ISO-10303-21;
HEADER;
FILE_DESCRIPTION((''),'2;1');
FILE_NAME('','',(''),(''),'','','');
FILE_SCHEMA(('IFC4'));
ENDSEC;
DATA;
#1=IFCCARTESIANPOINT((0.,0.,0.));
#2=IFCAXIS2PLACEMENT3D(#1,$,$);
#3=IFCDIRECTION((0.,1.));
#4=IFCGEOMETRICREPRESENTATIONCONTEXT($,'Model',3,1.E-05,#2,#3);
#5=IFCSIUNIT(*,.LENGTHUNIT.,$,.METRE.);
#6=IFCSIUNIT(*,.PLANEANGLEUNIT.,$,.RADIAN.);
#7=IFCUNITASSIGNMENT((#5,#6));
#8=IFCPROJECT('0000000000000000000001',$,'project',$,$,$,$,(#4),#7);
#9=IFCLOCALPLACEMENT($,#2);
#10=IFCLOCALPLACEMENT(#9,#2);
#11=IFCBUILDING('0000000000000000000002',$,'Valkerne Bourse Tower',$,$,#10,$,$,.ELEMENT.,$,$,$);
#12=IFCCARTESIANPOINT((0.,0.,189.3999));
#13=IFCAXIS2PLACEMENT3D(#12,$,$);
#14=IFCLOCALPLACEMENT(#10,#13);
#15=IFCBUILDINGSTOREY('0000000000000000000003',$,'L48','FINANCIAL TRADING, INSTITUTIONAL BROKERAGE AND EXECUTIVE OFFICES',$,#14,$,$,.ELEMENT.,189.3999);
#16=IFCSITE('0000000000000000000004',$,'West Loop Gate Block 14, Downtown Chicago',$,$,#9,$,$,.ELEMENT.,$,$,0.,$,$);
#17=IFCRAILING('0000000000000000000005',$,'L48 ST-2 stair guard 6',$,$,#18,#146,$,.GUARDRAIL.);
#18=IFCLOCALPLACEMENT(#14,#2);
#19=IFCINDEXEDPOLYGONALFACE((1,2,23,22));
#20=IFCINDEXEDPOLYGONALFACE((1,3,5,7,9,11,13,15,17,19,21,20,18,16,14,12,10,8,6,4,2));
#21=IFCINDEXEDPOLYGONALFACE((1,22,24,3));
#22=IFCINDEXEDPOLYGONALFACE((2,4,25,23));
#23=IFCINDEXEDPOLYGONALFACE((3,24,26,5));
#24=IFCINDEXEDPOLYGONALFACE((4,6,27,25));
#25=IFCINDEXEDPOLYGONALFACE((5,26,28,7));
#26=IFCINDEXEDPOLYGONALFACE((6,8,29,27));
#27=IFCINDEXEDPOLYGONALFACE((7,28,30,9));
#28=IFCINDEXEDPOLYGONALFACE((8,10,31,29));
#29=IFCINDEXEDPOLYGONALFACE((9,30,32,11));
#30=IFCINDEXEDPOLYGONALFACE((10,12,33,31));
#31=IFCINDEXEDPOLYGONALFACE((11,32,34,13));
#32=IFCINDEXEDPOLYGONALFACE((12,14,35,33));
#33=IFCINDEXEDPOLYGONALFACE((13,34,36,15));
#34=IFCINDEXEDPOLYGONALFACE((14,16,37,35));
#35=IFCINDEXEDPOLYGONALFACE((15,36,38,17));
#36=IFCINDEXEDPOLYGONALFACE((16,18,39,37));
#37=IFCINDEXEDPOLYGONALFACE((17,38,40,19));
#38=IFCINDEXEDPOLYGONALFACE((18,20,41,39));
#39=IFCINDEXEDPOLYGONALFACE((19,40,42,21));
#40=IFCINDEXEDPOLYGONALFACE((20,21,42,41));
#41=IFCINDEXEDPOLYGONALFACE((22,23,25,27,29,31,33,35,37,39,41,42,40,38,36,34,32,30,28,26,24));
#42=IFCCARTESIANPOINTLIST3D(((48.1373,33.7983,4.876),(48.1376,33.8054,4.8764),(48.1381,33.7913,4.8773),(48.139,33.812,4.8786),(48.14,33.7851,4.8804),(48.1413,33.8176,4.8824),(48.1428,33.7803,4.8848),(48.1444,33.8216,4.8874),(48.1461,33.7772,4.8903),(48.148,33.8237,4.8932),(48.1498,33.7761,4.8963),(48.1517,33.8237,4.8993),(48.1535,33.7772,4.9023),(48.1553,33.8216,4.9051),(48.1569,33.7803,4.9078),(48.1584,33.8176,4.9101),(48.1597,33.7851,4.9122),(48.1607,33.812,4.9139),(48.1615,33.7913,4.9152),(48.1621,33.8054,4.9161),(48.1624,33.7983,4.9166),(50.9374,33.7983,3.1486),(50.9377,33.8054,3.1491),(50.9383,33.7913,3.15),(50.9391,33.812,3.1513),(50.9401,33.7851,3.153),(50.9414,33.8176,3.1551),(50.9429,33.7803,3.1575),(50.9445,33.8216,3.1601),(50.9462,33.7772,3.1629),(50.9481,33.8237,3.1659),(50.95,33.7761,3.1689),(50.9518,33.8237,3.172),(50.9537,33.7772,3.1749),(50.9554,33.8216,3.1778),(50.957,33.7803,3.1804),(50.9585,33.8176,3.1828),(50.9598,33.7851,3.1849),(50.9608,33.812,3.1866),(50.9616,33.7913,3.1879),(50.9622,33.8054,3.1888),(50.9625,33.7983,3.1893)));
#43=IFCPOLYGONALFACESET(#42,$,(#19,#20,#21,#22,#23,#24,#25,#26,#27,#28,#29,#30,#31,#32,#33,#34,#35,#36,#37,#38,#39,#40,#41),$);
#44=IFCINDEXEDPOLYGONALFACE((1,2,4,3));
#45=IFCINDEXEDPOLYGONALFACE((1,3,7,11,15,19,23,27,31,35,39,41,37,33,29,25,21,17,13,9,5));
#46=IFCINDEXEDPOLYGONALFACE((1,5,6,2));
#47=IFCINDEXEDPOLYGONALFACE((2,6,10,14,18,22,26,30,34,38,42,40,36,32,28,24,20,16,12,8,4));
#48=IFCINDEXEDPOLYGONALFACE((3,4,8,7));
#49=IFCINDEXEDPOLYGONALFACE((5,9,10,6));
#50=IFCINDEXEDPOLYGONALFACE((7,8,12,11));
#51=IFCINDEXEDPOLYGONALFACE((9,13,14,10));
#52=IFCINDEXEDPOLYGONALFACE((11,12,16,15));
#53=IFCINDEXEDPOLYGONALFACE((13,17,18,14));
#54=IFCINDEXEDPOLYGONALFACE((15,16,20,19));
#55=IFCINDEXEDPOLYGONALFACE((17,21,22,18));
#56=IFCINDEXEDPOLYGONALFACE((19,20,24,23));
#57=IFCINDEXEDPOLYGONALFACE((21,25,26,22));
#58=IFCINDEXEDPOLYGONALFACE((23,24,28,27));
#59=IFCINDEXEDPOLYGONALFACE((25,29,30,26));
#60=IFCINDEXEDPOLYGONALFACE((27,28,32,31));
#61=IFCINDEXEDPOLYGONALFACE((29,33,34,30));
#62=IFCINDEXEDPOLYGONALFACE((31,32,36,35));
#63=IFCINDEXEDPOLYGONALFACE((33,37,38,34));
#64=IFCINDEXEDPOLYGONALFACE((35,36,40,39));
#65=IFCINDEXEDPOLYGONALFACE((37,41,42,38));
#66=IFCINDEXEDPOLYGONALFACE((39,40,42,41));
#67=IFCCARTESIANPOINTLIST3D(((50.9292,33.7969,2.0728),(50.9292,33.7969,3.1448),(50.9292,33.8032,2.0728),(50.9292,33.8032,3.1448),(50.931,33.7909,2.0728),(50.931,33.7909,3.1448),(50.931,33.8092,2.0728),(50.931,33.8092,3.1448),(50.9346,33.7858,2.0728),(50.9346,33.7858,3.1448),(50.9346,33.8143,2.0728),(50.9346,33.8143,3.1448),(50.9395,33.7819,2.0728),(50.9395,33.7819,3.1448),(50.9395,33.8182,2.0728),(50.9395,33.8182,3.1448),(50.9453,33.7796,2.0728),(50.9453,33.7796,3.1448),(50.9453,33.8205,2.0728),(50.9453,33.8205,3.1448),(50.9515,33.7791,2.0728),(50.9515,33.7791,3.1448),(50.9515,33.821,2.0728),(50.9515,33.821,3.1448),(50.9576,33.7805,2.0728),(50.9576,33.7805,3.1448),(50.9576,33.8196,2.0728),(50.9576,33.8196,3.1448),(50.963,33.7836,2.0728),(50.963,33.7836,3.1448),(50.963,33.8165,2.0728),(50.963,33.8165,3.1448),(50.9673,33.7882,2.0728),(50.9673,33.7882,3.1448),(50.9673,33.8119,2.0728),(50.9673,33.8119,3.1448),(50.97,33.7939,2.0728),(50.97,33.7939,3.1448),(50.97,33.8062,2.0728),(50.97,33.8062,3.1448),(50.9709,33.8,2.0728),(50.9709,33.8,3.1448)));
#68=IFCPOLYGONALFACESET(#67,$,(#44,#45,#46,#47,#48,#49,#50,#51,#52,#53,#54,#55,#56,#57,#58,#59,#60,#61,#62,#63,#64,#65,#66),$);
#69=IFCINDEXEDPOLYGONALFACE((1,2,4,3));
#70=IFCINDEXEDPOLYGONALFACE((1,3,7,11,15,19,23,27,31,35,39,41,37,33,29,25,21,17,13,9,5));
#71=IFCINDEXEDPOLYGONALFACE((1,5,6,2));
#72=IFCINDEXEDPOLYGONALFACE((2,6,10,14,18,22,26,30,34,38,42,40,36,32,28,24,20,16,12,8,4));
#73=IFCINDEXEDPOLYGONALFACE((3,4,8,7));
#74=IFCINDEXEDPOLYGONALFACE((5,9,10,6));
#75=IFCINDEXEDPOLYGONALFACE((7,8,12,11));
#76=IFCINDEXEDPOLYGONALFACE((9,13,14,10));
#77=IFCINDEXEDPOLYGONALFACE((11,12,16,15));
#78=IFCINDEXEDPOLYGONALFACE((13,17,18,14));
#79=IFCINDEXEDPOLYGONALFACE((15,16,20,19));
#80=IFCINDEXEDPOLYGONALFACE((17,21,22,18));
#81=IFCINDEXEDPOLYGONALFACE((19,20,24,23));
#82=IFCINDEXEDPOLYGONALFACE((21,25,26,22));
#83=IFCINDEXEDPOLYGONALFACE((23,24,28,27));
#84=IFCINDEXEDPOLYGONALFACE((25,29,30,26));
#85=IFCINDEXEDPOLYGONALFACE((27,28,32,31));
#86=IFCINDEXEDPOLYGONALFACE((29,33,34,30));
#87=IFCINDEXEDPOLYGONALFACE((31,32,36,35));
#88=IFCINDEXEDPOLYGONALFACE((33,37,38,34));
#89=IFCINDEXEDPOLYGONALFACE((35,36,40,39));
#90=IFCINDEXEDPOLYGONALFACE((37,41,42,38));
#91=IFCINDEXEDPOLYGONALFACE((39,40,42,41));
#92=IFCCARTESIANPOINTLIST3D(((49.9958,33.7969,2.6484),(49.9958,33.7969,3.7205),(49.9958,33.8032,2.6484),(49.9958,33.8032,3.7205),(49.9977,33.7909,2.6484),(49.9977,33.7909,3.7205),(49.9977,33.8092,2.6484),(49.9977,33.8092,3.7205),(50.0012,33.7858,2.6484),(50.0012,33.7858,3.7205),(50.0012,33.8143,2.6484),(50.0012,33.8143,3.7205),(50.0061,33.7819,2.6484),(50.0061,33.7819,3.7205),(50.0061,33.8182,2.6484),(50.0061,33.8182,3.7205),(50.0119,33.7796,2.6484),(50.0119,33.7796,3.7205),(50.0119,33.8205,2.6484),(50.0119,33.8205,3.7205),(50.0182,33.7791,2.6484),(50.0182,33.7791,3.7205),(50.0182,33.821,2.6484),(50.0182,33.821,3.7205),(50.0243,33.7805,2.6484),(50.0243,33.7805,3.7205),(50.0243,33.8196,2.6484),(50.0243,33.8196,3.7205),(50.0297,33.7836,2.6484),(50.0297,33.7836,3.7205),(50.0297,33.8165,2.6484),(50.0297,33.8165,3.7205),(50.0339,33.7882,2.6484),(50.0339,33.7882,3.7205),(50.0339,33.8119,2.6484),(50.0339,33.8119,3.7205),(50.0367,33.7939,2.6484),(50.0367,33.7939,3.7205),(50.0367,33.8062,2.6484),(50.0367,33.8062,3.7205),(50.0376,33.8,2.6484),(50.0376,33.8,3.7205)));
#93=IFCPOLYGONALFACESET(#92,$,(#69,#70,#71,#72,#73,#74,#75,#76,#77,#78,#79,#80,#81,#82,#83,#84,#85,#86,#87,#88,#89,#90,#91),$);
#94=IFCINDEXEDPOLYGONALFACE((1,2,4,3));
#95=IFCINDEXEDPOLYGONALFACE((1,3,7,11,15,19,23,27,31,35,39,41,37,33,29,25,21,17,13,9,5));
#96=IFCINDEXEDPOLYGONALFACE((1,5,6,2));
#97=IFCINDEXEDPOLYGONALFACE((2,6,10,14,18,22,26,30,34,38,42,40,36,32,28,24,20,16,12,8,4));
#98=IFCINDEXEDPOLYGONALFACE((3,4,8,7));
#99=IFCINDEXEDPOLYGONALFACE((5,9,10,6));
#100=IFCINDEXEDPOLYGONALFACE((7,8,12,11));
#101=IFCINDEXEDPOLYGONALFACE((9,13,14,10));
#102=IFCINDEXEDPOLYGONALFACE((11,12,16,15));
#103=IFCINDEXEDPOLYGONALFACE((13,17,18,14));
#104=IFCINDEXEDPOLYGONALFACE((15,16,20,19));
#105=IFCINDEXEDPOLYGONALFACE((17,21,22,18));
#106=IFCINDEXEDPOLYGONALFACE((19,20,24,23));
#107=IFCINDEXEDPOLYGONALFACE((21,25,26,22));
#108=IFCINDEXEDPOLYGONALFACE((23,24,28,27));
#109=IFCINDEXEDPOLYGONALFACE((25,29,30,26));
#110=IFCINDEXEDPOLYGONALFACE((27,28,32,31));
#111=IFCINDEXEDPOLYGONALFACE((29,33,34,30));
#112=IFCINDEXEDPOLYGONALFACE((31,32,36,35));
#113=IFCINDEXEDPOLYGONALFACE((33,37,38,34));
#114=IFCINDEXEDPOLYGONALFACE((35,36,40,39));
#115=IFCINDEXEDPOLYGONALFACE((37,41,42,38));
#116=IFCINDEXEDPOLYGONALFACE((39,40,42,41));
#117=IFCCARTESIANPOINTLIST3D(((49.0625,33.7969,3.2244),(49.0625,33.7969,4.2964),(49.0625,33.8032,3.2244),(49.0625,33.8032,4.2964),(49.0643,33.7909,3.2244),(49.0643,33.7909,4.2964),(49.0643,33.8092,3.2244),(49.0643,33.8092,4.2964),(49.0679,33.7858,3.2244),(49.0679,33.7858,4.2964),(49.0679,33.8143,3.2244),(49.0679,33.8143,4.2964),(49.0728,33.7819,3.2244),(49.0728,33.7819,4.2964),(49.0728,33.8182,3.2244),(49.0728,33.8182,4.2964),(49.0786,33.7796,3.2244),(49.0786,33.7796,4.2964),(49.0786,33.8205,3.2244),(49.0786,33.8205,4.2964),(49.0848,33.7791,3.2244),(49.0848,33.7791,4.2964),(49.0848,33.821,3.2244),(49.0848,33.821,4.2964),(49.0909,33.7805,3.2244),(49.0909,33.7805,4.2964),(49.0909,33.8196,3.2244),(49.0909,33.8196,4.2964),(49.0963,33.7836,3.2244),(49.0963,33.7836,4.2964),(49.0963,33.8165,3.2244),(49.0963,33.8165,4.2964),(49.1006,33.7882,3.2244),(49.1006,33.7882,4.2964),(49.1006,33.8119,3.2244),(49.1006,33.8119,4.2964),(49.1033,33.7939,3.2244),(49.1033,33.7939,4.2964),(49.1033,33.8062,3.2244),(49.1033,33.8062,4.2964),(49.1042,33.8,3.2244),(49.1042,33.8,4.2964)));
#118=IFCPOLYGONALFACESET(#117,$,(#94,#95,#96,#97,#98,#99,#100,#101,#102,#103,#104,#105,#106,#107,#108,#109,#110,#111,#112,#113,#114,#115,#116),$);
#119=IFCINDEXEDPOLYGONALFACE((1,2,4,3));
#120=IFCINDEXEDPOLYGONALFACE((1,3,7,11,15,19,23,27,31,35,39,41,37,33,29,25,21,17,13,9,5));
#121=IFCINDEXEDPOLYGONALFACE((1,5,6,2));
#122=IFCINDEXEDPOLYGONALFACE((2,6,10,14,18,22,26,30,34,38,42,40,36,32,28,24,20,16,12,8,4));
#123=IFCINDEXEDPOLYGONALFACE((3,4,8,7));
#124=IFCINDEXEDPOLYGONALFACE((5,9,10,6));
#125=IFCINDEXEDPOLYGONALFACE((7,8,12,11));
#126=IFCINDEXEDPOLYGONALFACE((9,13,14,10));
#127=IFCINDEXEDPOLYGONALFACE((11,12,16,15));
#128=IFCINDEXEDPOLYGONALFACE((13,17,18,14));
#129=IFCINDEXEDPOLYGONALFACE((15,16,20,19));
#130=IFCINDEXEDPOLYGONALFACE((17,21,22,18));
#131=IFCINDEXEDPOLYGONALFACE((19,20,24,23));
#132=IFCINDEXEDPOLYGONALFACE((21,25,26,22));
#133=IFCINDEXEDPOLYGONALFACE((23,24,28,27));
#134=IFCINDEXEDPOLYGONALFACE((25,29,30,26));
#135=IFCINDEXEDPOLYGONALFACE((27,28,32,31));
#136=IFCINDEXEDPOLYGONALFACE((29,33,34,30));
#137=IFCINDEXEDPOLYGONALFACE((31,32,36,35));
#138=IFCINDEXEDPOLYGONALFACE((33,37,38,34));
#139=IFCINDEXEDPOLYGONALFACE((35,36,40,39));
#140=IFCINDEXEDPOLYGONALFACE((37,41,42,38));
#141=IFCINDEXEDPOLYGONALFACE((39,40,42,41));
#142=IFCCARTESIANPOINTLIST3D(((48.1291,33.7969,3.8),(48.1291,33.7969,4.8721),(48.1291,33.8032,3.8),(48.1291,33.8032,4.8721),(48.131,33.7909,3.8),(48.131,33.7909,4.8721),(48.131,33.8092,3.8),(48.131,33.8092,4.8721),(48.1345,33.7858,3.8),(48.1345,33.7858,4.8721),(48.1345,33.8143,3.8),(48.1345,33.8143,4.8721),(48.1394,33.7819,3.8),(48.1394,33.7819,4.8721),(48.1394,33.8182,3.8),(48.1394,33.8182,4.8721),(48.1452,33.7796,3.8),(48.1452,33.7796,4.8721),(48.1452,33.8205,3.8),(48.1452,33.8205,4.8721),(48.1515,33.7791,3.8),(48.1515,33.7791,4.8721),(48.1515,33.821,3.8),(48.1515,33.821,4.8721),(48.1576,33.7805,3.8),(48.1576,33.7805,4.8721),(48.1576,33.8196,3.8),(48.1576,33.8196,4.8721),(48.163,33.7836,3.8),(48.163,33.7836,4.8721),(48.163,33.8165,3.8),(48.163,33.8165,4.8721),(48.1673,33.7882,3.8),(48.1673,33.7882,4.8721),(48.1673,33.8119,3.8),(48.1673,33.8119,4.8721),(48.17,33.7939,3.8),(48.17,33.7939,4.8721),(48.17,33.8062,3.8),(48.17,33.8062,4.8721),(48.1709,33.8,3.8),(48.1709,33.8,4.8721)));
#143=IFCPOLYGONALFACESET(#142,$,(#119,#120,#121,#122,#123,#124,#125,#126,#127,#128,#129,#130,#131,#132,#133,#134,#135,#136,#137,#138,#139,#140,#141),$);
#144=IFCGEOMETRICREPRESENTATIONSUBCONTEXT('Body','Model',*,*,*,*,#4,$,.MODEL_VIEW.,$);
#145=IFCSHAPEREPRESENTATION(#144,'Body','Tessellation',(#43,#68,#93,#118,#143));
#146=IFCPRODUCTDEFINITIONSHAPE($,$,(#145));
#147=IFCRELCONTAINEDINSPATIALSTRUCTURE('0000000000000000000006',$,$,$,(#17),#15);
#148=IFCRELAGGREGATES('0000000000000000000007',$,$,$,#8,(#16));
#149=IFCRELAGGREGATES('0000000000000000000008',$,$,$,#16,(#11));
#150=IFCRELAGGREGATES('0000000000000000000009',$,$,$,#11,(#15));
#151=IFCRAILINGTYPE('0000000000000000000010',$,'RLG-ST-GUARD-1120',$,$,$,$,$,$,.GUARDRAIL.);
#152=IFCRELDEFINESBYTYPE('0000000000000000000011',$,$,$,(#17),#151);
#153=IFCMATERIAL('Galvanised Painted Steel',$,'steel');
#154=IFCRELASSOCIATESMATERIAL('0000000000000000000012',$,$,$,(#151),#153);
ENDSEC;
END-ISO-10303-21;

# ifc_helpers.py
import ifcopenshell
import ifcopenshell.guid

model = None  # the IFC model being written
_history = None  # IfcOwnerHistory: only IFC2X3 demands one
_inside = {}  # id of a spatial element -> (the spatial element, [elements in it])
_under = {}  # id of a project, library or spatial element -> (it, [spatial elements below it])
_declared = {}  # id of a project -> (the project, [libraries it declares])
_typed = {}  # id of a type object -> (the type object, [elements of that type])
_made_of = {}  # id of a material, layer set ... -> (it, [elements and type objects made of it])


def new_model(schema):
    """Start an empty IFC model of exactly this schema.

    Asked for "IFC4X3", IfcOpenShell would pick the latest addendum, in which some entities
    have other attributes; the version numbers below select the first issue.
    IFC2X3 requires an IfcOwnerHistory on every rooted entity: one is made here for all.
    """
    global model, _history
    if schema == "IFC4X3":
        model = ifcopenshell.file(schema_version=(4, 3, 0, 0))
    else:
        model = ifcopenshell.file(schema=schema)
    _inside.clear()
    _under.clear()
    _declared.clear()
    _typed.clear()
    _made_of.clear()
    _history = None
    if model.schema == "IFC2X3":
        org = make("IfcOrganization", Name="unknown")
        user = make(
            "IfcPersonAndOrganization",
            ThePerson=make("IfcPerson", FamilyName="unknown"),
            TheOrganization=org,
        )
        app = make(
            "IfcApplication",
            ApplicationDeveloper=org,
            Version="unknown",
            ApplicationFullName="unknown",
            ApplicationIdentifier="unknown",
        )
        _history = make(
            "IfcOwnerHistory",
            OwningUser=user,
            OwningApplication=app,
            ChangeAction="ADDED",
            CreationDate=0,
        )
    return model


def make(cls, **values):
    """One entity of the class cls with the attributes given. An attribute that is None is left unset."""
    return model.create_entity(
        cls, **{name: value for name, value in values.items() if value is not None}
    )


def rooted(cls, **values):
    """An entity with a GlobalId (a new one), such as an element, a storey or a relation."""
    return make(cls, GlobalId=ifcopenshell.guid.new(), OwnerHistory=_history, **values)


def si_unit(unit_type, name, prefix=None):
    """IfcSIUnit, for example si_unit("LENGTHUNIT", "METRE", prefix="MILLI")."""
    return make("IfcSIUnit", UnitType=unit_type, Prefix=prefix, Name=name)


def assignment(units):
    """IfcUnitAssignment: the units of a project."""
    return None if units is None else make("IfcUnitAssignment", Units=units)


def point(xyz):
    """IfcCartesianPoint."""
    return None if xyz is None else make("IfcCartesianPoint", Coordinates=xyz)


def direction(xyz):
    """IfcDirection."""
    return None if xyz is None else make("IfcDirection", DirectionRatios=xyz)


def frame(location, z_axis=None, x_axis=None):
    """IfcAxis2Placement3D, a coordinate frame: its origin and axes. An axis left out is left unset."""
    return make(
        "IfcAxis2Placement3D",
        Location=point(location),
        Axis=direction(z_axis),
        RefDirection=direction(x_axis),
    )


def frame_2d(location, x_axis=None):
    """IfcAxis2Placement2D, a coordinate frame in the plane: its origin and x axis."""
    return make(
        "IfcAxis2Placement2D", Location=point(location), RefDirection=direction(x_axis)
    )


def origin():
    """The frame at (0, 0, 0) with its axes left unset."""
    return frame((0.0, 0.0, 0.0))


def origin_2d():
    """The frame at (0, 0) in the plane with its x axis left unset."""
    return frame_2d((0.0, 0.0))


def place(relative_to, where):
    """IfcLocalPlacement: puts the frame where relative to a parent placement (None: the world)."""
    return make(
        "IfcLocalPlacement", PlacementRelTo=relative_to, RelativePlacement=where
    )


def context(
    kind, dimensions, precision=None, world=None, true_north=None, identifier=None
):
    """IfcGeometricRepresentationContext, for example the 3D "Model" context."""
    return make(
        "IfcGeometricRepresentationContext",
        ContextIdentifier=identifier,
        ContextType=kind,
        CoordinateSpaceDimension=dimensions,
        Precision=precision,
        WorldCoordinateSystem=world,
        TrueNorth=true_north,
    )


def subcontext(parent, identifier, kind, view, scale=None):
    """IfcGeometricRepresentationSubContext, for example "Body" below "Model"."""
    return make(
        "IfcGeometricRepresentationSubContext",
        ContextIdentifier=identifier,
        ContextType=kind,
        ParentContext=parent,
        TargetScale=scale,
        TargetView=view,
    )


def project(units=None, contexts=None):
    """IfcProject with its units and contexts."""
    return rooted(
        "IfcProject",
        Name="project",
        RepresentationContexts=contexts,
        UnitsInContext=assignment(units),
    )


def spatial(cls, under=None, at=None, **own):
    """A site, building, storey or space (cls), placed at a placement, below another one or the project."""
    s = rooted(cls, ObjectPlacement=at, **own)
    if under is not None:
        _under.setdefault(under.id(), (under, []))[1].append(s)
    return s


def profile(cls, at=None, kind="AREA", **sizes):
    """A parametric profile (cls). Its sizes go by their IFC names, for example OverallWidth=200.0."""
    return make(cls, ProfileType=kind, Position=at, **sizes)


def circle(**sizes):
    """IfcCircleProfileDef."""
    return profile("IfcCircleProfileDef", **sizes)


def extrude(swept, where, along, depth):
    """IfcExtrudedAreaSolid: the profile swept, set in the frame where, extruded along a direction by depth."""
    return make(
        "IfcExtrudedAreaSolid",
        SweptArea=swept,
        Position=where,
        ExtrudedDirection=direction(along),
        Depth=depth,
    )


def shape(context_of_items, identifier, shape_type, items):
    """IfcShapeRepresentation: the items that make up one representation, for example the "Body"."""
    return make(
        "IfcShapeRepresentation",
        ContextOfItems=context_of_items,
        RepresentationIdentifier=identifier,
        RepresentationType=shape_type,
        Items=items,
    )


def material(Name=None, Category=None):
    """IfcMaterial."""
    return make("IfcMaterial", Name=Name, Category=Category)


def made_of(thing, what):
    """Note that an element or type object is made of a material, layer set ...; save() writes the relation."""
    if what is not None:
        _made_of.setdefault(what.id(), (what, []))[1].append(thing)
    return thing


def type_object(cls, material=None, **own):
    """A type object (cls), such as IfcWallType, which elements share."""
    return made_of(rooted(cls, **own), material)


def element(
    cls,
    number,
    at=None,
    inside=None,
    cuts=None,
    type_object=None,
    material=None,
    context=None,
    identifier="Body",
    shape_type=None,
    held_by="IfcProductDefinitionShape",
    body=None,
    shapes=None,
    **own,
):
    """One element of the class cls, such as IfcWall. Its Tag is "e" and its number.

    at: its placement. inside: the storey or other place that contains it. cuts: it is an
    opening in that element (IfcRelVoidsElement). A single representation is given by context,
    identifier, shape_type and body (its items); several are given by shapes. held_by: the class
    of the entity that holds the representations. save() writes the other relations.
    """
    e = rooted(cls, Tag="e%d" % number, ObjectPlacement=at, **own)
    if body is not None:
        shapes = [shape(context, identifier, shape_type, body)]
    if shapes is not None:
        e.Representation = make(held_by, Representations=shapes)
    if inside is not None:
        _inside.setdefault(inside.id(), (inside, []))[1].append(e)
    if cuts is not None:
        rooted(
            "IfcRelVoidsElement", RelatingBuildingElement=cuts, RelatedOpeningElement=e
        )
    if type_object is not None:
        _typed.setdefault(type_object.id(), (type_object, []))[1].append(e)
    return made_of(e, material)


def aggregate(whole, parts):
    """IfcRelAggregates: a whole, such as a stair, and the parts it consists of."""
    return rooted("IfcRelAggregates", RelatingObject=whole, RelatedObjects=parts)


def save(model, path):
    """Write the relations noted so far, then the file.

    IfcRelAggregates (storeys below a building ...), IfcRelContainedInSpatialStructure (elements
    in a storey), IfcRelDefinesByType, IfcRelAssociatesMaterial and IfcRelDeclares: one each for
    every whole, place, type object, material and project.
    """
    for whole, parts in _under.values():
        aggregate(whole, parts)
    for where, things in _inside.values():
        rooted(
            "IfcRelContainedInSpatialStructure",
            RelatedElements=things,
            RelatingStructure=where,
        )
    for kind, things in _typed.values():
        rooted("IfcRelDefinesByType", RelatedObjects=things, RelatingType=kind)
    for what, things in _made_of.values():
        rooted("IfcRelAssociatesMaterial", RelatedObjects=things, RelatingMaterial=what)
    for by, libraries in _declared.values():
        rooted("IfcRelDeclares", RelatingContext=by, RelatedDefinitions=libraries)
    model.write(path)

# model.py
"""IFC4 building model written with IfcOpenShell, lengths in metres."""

from ifc_helpers import new_model, si_unit, direction, frame, origin, origin_2d, place, context, subcontext, project, spatial, circle, extrude, material, type_object, element, save


model = new_model("IFC4")

# Units and contexts
model_context = context("Model", 3, precision=1e-05, world=origin(), true_north=direction((0.0, 1.0)))
body_context = subcontext(model_context, "Body", "Model", "MODEL_VIEW")
ifc_project = project(units=[si_unit("LENGTHUNIT", "METRE"), si_unit("PLANEANGLEUNIT", "RADIAN")], contexts=[model_context])

# Site, building, storey
site_placement = place(None, origin())
site = spatial("IfcSite", under=ifc_project, at=site_placement, Name="West Loop Gate Block 14, Downtown Chicago", CompositionType="ELEMENT", RefElevation=0.0)
building_placement = place(site_placement, origin())
building = spatial("IfcBuilding", under=site, at=building_placement, Name="Valkerne Bourse Tower", CompositionType="ELEMENT")
storey_placement = place(building_placement, frame((0.0, 0.0, 189.3999)))
storey = spatial("IfcBuildingStorey", under=building, at=storey_placement, Name="L48", Description="FINANCIAL TRADING, INSTITUTIONAL BROKERAGE AND EXECUTIVE OFFICES", CompositionType="ELEMENT", Elevation=189.3999)

# Shared definitions
ifc_material_1 = material(Name="Galvanised Painted Steel", Category="steel")

# Railing
railing_type_1 = type_object("IfcRailingType", Name="RLG-ST-GUARD-1120", PredefinedType="GUARDRAIL", material=ifc_material_1)
railing_1_placement = place(storey_placement, frame((50.95, 33.8, 2.0728)))
element("IfcRailing", 1, at=railing_1_placement, inside=storey, type_object=railing_type_1, Name="L48 ST-2 stair guard 6", PredefinedType="GUARDRAIL", context=body_context, shape_type="SweptSolid", body=[
    extrude(circle(Radius=0.0239, at=origin_2d()), frame((0.0, 0.0, 1.0962), z_axis=(-0.85109, 0.0, 0.52502), x_axis=(0.0, -1.0, 0.0)), (0.0, 0.0, 1.0), 3.29),
    extrude(circle(Radius=0.021, at=origin_2d()), origin(), (0.0, 0.0, 1.0), 1.072),
    extrude(circle(Radius=0.021, at=origin_2d()), frame((-0.9333, 0.0, 0.5757)), (0.0, 0.0, 1.0), 1.072),
    extrude(circle(Radius=0.021, at=origin_2d()), frame((-1.8667, 0.0, 1.1516)), (0.0, 0.0, 1.0), 1.072),
    extrude(circle(Radius=0.021, at=origin_2d()), frame((-2.8, 0.0, 1.7273)), (0.0, 0.0, 1.0), 1.072),
])

save(model, "model.ifc")
